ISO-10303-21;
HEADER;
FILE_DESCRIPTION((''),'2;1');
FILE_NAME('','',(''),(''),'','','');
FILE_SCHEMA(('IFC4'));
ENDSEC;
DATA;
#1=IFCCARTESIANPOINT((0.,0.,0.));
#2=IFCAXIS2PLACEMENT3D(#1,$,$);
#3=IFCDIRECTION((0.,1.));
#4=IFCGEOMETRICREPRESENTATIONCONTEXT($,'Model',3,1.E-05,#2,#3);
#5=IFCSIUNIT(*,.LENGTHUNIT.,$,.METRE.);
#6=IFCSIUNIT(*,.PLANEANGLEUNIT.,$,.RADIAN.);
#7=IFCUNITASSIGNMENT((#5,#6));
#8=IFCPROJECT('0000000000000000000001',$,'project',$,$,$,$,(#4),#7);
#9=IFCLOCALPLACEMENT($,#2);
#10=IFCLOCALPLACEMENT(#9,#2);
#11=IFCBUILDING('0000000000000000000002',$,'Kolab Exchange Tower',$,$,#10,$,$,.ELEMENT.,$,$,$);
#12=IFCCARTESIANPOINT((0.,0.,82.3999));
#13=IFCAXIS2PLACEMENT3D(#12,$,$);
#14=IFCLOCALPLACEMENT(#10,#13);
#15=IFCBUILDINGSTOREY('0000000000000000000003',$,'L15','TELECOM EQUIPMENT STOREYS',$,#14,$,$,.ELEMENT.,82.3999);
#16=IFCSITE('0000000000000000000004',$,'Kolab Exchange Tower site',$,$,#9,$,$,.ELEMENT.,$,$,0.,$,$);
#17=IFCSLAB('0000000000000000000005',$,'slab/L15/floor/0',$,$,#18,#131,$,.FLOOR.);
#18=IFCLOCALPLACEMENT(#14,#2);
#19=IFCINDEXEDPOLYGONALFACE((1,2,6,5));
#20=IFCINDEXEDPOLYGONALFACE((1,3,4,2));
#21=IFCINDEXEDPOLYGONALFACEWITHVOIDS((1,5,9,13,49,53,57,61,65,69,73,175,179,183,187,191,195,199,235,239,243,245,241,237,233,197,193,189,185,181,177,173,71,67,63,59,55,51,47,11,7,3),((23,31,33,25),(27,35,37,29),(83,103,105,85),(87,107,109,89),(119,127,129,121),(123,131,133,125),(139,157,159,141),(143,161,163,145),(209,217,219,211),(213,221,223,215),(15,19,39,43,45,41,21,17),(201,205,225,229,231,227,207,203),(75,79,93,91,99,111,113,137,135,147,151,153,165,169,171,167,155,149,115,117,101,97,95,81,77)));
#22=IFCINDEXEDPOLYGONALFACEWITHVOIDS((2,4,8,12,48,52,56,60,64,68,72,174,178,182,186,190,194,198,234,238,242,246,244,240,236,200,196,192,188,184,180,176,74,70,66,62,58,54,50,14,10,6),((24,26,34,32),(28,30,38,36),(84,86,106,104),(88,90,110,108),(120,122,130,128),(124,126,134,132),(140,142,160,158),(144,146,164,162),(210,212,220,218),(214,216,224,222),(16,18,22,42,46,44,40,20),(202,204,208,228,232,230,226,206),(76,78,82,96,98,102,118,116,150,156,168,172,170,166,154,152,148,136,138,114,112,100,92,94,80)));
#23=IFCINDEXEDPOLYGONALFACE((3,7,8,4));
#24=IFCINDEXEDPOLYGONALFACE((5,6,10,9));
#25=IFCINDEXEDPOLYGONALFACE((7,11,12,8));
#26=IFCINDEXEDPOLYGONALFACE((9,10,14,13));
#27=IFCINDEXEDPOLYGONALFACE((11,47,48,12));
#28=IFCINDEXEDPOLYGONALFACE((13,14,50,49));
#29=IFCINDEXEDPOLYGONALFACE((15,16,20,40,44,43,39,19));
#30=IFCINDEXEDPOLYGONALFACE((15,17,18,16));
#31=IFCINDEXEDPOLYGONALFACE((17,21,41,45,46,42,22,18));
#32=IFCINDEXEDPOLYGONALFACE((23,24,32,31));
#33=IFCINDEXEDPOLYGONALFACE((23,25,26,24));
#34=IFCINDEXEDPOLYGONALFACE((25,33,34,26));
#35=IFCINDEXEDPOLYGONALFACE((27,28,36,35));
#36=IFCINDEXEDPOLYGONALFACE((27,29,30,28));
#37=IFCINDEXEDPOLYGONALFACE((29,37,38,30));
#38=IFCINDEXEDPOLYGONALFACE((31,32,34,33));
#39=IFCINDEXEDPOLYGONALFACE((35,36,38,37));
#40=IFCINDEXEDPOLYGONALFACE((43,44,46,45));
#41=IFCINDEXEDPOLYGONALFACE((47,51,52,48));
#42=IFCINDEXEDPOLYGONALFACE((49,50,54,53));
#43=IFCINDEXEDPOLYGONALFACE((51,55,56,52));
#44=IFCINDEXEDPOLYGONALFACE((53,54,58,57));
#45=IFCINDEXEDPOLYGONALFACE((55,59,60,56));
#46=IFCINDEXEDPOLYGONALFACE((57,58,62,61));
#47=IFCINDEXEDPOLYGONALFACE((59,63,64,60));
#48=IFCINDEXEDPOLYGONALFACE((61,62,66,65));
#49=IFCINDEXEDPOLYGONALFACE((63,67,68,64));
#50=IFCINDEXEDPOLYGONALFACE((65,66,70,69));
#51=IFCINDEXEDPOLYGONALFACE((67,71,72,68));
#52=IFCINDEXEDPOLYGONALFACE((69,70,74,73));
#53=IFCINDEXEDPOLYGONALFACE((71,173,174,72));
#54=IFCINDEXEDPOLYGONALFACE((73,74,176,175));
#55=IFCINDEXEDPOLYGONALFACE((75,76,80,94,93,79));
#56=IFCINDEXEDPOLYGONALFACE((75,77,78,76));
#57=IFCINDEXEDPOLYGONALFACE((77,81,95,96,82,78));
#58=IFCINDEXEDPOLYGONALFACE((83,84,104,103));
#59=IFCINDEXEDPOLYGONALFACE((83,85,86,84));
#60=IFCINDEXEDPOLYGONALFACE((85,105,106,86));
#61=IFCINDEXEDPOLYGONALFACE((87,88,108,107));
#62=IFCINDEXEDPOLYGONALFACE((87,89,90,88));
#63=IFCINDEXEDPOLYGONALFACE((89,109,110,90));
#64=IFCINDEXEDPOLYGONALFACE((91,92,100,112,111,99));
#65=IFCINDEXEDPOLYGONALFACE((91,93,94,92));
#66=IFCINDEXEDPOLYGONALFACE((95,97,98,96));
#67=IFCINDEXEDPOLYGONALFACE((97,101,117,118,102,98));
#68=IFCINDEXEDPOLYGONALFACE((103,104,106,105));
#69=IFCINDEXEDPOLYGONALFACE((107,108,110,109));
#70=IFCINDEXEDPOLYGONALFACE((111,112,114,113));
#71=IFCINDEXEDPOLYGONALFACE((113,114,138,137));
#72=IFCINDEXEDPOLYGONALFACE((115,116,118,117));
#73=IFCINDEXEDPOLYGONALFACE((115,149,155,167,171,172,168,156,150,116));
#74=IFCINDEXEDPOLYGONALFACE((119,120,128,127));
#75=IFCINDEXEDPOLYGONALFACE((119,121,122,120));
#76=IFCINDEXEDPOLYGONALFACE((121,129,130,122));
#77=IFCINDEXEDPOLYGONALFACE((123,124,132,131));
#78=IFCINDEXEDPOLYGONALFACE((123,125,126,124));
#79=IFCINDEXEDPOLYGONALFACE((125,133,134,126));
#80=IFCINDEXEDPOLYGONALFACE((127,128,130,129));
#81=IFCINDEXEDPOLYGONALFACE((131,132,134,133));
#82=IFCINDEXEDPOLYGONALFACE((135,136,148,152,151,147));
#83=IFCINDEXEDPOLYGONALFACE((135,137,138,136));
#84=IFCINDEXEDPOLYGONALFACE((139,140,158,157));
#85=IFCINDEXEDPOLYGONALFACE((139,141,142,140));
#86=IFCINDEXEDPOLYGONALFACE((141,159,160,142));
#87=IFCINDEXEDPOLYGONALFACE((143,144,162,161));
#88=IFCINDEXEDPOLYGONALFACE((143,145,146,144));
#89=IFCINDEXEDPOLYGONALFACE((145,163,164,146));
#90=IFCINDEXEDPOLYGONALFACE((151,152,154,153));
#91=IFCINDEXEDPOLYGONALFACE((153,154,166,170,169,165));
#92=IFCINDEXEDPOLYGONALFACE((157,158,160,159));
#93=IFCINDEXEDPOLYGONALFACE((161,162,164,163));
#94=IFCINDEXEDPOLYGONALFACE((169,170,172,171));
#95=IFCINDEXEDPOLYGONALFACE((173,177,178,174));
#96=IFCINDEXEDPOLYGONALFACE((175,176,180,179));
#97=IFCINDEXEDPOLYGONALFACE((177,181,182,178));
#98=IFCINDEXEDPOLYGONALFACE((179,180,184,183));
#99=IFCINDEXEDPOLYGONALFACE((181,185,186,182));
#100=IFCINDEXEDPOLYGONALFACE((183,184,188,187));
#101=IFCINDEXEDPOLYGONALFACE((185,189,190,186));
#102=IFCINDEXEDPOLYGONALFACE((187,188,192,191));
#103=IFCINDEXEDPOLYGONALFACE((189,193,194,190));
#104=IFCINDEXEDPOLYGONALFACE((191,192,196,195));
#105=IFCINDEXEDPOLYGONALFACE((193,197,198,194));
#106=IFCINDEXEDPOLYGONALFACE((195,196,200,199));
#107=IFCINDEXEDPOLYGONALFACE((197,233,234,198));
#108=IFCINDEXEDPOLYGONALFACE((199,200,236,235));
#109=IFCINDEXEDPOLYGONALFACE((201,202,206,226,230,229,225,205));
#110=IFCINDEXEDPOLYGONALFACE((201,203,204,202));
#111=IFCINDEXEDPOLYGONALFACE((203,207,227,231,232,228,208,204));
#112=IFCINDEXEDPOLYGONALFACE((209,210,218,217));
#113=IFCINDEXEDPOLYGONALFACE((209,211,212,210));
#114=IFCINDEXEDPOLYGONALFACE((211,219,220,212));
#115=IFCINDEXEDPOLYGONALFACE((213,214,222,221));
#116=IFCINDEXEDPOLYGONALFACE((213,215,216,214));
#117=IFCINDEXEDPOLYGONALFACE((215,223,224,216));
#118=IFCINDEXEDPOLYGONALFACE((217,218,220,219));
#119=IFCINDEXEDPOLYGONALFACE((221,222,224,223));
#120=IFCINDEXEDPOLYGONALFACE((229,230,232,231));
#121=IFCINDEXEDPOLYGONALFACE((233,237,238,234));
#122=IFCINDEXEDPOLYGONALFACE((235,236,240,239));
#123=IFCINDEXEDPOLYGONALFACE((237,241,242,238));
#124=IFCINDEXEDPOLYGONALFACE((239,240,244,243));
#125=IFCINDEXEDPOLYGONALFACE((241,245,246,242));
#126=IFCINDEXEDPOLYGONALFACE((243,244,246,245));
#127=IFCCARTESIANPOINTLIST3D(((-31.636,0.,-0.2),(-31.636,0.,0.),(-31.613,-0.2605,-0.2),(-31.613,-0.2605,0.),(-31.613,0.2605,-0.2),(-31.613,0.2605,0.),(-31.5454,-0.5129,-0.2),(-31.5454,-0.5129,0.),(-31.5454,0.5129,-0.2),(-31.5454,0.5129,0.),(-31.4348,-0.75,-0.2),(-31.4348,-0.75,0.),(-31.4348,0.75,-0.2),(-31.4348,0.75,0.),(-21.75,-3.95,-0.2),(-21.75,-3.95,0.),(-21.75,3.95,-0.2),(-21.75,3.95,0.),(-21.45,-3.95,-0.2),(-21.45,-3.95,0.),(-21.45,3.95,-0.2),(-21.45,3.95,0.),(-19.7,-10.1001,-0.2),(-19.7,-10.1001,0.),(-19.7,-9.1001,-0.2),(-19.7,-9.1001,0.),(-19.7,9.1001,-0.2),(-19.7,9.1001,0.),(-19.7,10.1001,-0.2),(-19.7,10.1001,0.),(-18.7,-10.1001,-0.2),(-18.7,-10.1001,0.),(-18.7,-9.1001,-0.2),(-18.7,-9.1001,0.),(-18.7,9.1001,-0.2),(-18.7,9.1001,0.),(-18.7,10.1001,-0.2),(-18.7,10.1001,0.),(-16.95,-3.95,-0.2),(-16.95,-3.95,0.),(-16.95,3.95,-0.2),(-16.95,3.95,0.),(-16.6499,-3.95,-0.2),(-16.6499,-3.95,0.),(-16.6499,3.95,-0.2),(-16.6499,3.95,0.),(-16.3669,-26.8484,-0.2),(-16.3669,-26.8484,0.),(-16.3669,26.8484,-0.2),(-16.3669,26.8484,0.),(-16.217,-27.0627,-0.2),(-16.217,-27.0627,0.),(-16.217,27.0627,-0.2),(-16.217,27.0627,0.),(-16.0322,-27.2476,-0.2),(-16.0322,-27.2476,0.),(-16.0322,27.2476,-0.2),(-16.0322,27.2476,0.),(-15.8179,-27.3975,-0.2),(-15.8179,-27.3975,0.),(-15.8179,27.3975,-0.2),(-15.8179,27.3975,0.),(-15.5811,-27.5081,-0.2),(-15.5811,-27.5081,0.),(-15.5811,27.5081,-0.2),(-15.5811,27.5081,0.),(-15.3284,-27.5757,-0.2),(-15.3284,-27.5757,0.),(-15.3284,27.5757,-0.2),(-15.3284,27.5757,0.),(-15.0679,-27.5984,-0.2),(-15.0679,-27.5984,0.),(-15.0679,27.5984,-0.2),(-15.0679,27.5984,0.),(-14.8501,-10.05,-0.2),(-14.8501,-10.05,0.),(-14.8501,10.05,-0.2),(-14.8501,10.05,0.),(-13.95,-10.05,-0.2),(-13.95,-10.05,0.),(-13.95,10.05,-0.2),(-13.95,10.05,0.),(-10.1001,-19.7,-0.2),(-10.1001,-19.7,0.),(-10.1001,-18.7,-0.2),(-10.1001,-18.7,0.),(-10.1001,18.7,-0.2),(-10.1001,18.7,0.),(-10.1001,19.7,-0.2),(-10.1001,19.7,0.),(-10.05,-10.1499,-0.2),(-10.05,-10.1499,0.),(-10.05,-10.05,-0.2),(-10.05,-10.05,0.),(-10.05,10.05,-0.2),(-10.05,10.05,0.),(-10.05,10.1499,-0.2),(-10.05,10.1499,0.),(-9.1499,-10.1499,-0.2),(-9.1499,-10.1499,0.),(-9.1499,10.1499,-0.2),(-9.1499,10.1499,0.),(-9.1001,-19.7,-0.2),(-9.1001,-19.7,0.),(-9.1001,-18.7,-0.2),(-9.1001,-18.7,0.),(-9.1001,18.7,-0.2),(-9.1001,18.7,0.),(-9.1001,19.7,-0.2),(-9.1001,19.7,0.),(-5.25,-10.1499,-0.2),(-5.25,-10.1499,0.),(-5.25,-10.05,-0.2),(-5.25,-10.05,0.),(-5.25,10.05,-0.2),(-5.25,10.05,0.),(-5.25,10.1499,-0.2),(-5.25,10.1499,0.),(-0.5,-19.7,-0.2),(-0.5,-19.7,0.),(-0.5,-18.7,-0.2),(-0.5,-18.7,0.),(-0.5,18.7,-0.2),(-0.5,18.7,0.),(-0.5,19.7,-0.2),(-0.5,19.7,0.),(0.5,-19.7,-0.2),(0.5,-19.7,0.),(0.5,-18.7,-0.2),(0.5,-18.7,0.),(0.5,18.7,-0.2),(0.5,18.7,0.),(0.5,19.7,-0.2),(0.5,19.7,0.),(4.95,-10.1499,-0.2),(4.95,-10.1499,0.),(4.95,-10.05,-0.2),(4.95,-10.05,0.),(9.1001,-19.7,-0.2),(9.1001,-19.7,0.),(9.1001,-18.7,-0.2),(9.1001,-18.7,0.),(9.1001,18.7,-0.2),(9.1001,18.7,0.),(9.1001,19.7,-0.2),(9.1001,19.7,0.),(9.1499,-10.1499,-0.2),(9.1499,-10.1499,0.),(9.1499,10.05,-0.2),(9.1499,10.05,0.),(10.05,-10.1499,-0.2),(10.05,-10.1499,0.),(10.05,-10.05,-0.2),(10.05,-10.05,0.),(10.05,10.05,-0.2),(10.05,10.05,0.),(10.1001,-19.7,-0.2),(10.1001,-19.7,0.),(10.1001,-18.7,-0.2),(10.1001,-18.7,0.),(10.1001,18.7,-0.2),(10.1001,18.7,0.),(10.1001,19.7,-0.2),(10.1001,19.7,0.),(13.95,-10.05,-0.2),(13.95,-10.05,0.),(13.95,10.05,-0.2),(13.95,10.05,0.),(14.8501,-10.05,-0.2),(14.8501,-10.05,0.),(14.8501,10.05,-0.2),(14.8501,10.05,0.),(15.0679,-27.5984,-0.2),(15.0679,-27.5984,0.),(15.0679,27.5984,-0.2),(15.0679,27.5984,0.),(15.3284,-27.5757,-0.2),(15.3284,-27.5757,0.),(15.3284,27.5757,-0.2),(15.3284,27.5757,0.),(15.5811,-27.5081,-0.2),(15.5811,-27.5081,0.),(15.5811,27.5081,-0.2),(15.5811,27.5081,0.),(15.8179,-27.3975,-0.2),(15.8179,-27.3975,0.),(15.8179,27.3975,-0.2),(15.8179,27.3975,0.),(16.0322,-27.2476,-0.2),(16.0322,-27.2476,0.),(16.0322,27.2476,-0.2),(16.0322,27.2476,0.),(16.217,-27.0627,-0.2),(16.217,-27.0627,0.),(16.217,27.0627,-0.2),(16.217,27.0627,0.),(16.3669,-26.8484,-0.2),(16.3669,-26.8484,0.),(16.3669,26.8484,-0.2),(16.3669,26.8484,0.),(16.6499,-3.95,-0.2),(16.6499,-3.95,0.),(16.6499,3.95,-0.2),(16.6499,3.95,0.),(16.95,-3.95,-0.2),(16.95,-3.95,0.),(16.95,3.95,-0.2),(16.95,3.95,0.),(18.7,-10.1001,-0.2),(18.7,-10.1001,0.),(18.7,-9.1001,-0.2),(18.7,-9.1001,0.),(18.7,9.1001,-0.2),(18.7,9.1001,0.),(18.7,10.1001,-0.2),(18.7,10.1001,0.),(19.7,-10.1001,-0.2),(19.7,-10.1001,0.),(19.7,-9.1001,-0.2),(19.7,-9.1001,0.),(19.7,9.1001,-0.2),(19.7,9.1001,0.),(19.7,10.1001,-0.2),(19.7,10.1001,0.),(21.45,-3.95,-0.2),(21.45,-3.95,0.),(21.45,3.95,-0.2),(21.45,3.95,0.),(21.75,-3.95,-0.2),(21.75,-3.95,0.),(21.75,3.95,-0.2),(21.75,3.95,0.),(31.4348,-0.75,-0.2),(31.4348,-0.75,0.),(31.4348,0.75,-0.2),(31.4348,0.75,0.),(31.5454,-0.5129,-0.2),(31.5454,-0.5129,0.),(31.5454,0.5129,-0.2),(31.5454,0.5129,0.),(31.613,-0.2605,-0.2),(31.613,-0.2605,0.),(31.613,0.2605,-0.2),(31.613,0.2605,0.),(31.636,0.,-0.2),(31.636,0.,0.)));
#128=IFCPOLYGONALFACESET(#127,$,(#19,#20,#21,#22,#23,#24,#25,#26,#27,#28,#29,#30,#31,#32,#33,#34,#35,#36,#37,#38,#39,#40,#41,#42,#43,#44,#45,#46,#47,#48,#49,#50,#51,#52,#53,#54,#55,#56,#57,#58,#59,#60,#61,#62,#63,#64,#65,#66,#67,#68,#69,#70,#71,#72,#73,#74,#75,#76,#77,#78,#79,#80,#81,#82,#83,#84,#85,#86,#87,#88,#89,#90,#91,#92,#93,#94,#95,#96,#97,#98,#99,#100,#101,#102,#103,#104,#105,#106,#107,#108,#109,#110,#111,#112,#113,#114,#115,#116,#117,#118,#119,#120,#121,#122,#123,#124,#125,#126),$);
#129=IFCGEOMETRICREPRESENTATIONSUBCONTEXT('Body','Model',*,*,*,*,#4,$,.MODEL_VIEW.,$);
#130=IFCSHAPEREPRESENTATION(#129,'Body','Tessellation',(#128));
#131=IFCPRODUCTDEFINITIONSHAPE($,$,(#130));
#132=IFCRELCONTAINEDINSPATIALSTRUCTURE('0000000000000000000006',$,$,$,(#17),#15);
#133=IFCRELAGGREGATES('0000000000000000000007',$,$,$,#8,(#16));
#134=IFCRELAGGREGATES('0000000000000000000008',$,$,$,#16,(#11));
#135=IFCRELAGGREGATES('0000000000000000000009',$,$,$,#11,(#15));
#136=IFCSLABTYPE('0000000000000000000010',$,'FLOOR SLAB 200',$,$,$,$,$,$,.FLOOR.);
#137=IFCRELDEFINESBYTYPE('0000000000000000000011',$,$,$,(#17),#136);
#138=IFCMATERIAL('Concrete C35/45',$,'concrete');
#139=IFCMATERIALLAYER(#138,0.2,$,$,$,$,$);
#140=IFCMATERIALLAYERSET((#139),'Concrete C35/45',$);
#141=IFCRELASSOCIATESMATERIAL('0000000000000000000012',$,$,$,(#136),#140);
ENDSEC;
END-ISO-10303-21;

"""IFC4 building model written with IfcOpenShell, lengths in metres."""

from ifc_helpers import new_model, si_unit, direction, frame, origin, place, context, subcontext, project, spatial, polyline, outline, extrude, material, layer, layer_set, type_object, element, save


model = new_model("IFC4")

# Units and contexts
model_context = context("Model", 3, precision=1e-05, world=origin(), true_north=direction((0.0, 1.0)))
body_context = subcontext(model_context, "Body", "Model", "MODEL_VIEW")
ifc_project = project(units=[si_unit("LENGTHUNIT", "METRE"), si_unit("PLANEANGLEUNIT", "RADIAN")], contexts=[model_context])

# Site, building, storey
site_placement = place(None, origin())
site = spatial("IfcSite", under=ifc_project, at=site_placement, Name="Kolab Exchange Tower site", CompositionType="ELEMENT", RefElevation=0.0)
building_placement = place(site_placement, origin())
building = spatial("IfcBuilding", under=site, at=building_placement, Name="Kolab Exchange Tower", CompositionType="ELEMENT")
storey_placement = place(building_placement, frame((0.0, 0.0, 82.3999)))
storey = spatial("IfcBuildingStorey", under=building, at=storey_placement, Name="L15", Description="TELECOM EQUIPMENT STOREYS", CompositionType="ELEMENT", Elevation=82.3999)

# Slab
ifc_material_1 = material(Name="Concrete C35/45", Category="concrete")
ifc_layer_1 = layer(ifc_material_1, 0.2)
ifc_layer_set_1 = layer_set([ifc_layer_1], Name="Concrete C35/45")
slab_type = type_object("IfcSlabType", Name="FLOOR SLAB 200", PredefinedType="FLOOR", material=ifc_layer_set_1)
slab_1_placement = place(storey_placement, frame((0.0, 0.0, -0.2)))
element("IfcSlab", 1, at=slab_1_placement, inside=storey, type_object=slab_type, Name="slab/L15/floor/0", PredefinedType="FLOOR", context=body_context, shape_type="SweptSolid", body=[
    extrude(outline(polyline([(16.3669, -26.8484), (31.4348, -0.75), (31.5454, -0.5129), (31.613, -0.2605), (31.636, 0.0), (31.613, 0.2605), (31.5454, 0.5129), (31.4348, 0.75), (16.3669, 26.8484), (16.217, 27.0627), (16.0322, 27.2476), (15.8179, 27.3975), (15.5811, 27.5081), (15.3284, 27.5757), (15.0679, 27.5984), (-15.0679, 27.5984), (-15.3284, 27.5757), (-15.5811, 27.5081), (-15.8179, 27.3975), (-16.0322, 27.2476), (-16.217, 27.0627), (-16.3669, 26.8484), (-31.4348, 0.75), (-31.5454, 0.5129), (-31.613, 0.2605), (-31.636, 0.0), (-31.613, -0.2605), (-31.5454, -0.5129), (-31.4348, -0.75), (-16.3669, -26.8484), (-16.217, -27.0627), (-16.0322, -27.2476), (-15.8179, -27.3975), (-15.5811, -27.5081), (-15.3284, -27.5757), (-15.0679, -27.5984), (15.0679, -27.5984), (15.3284, -27.5757), (15.5811, -27.5081), (15.8179, -27.3975), (16.0322, -27.2476), (16.217, -27.0627), (16.3669, -26.8484)]), holes=[polyline([(-13.95, -10.05), (-14.8501, -10.05), (-14.8501, 10.05), (-13.95, 10.05), (-10.05, 10.05), (-10.05, 10.1499), (-9.1499, 10.1499), (-5.25, 10.1499), (-5.25, 10.05), (9.1499, 10.05), (10.05, 10.05), (13.95, 10.05), (14.8501, 10.05), (14.8501, -10.05), (13.95, -10.05), (10.05, -10.05), (10.05, -10.1499), (9.1499, -10.1499), (4.95, -10.1499), (4.95, -10.05), (-5.25, -10.05), (-5.25, -10.1499), (-9.1499, -10.1499), (-10.05, -10.1499), (-10.05, -10.05), (-13.95, -10.05)]), polyline([(-18.7, -9.1001), (-18.7, -10.1001), (-19.7, -10.1001), (-19.7, -9.1001), (-18.7, -9.1001)]), polyline([(-21.45, -3.95), (-21.75, -3.95), (-21.75, 3.95), (-21.45, 3.95), (-16.95, 3.95), (-16.6499, 3.95), (-16.6499, -3.95), (-16.95, -3.95), (-21.45, -3.95)]), polyline([(-18.7, 10.1001), (-18.7, 9.1001), (-19.7, 9.1001), (-19.7, 10.1001), (-18.7, 10.1001)]), polyline([(-9.1001, -18.7), (-9.1001, -19.7), (-10.1001, -19.7), (-10.1001, -18.7), (-9.1001, -18.7)]), polyline([(-9.1001, 19.7), (-9.1001, 18.7), (-10.1001, 18.7), (-10.1001, 19.7), (-9.1001, 19.7)]), polyline([(9.1001, -18.7), (10.1001, -18.7), (10.1001, -19.7), (9.1001, -19.7), (9.1001, -18.7)]), polyline([(-0.5, -18.7), (0.5, -18.7), (0.5, -19.7), (-0.5, -19.7), (-0.5, -18.7)]), polyline([(0.5, 19.7), (0.5, 18.7), (-0.5, 18.7), (-0.5, 19.7), (0.5, 19.7)]), polyline([(10.1001, 19.7), (10.1001, 18.7), (9.1001, 18.7), (9.1001, 19.7), (10.1001, 19.7)]), polyline([(19.7, -9.1001), (19.7, -10.1001), (18.7, -10.1001), (18.7, -9.1001), (19.7, -9.1001)]), polyline([(21.45, 3.95), (21.75, 3.95), (21.75, -3.95), (21.45, -3.95), (16.95, -3.95), (16.6499, -3.95), (16.6499, 3.95), (16.95, 3.95), (21.45, 3.95)]), polyline([(19.7, 10.1001), (19.7, 9.1001), (18.7, 9.1001), (18.7, 10.1001), (19.7, 10.1001)])]), origin(), (0.0, 0.0, 1.0), 0.2),
])

save(model, "model.ifc")
